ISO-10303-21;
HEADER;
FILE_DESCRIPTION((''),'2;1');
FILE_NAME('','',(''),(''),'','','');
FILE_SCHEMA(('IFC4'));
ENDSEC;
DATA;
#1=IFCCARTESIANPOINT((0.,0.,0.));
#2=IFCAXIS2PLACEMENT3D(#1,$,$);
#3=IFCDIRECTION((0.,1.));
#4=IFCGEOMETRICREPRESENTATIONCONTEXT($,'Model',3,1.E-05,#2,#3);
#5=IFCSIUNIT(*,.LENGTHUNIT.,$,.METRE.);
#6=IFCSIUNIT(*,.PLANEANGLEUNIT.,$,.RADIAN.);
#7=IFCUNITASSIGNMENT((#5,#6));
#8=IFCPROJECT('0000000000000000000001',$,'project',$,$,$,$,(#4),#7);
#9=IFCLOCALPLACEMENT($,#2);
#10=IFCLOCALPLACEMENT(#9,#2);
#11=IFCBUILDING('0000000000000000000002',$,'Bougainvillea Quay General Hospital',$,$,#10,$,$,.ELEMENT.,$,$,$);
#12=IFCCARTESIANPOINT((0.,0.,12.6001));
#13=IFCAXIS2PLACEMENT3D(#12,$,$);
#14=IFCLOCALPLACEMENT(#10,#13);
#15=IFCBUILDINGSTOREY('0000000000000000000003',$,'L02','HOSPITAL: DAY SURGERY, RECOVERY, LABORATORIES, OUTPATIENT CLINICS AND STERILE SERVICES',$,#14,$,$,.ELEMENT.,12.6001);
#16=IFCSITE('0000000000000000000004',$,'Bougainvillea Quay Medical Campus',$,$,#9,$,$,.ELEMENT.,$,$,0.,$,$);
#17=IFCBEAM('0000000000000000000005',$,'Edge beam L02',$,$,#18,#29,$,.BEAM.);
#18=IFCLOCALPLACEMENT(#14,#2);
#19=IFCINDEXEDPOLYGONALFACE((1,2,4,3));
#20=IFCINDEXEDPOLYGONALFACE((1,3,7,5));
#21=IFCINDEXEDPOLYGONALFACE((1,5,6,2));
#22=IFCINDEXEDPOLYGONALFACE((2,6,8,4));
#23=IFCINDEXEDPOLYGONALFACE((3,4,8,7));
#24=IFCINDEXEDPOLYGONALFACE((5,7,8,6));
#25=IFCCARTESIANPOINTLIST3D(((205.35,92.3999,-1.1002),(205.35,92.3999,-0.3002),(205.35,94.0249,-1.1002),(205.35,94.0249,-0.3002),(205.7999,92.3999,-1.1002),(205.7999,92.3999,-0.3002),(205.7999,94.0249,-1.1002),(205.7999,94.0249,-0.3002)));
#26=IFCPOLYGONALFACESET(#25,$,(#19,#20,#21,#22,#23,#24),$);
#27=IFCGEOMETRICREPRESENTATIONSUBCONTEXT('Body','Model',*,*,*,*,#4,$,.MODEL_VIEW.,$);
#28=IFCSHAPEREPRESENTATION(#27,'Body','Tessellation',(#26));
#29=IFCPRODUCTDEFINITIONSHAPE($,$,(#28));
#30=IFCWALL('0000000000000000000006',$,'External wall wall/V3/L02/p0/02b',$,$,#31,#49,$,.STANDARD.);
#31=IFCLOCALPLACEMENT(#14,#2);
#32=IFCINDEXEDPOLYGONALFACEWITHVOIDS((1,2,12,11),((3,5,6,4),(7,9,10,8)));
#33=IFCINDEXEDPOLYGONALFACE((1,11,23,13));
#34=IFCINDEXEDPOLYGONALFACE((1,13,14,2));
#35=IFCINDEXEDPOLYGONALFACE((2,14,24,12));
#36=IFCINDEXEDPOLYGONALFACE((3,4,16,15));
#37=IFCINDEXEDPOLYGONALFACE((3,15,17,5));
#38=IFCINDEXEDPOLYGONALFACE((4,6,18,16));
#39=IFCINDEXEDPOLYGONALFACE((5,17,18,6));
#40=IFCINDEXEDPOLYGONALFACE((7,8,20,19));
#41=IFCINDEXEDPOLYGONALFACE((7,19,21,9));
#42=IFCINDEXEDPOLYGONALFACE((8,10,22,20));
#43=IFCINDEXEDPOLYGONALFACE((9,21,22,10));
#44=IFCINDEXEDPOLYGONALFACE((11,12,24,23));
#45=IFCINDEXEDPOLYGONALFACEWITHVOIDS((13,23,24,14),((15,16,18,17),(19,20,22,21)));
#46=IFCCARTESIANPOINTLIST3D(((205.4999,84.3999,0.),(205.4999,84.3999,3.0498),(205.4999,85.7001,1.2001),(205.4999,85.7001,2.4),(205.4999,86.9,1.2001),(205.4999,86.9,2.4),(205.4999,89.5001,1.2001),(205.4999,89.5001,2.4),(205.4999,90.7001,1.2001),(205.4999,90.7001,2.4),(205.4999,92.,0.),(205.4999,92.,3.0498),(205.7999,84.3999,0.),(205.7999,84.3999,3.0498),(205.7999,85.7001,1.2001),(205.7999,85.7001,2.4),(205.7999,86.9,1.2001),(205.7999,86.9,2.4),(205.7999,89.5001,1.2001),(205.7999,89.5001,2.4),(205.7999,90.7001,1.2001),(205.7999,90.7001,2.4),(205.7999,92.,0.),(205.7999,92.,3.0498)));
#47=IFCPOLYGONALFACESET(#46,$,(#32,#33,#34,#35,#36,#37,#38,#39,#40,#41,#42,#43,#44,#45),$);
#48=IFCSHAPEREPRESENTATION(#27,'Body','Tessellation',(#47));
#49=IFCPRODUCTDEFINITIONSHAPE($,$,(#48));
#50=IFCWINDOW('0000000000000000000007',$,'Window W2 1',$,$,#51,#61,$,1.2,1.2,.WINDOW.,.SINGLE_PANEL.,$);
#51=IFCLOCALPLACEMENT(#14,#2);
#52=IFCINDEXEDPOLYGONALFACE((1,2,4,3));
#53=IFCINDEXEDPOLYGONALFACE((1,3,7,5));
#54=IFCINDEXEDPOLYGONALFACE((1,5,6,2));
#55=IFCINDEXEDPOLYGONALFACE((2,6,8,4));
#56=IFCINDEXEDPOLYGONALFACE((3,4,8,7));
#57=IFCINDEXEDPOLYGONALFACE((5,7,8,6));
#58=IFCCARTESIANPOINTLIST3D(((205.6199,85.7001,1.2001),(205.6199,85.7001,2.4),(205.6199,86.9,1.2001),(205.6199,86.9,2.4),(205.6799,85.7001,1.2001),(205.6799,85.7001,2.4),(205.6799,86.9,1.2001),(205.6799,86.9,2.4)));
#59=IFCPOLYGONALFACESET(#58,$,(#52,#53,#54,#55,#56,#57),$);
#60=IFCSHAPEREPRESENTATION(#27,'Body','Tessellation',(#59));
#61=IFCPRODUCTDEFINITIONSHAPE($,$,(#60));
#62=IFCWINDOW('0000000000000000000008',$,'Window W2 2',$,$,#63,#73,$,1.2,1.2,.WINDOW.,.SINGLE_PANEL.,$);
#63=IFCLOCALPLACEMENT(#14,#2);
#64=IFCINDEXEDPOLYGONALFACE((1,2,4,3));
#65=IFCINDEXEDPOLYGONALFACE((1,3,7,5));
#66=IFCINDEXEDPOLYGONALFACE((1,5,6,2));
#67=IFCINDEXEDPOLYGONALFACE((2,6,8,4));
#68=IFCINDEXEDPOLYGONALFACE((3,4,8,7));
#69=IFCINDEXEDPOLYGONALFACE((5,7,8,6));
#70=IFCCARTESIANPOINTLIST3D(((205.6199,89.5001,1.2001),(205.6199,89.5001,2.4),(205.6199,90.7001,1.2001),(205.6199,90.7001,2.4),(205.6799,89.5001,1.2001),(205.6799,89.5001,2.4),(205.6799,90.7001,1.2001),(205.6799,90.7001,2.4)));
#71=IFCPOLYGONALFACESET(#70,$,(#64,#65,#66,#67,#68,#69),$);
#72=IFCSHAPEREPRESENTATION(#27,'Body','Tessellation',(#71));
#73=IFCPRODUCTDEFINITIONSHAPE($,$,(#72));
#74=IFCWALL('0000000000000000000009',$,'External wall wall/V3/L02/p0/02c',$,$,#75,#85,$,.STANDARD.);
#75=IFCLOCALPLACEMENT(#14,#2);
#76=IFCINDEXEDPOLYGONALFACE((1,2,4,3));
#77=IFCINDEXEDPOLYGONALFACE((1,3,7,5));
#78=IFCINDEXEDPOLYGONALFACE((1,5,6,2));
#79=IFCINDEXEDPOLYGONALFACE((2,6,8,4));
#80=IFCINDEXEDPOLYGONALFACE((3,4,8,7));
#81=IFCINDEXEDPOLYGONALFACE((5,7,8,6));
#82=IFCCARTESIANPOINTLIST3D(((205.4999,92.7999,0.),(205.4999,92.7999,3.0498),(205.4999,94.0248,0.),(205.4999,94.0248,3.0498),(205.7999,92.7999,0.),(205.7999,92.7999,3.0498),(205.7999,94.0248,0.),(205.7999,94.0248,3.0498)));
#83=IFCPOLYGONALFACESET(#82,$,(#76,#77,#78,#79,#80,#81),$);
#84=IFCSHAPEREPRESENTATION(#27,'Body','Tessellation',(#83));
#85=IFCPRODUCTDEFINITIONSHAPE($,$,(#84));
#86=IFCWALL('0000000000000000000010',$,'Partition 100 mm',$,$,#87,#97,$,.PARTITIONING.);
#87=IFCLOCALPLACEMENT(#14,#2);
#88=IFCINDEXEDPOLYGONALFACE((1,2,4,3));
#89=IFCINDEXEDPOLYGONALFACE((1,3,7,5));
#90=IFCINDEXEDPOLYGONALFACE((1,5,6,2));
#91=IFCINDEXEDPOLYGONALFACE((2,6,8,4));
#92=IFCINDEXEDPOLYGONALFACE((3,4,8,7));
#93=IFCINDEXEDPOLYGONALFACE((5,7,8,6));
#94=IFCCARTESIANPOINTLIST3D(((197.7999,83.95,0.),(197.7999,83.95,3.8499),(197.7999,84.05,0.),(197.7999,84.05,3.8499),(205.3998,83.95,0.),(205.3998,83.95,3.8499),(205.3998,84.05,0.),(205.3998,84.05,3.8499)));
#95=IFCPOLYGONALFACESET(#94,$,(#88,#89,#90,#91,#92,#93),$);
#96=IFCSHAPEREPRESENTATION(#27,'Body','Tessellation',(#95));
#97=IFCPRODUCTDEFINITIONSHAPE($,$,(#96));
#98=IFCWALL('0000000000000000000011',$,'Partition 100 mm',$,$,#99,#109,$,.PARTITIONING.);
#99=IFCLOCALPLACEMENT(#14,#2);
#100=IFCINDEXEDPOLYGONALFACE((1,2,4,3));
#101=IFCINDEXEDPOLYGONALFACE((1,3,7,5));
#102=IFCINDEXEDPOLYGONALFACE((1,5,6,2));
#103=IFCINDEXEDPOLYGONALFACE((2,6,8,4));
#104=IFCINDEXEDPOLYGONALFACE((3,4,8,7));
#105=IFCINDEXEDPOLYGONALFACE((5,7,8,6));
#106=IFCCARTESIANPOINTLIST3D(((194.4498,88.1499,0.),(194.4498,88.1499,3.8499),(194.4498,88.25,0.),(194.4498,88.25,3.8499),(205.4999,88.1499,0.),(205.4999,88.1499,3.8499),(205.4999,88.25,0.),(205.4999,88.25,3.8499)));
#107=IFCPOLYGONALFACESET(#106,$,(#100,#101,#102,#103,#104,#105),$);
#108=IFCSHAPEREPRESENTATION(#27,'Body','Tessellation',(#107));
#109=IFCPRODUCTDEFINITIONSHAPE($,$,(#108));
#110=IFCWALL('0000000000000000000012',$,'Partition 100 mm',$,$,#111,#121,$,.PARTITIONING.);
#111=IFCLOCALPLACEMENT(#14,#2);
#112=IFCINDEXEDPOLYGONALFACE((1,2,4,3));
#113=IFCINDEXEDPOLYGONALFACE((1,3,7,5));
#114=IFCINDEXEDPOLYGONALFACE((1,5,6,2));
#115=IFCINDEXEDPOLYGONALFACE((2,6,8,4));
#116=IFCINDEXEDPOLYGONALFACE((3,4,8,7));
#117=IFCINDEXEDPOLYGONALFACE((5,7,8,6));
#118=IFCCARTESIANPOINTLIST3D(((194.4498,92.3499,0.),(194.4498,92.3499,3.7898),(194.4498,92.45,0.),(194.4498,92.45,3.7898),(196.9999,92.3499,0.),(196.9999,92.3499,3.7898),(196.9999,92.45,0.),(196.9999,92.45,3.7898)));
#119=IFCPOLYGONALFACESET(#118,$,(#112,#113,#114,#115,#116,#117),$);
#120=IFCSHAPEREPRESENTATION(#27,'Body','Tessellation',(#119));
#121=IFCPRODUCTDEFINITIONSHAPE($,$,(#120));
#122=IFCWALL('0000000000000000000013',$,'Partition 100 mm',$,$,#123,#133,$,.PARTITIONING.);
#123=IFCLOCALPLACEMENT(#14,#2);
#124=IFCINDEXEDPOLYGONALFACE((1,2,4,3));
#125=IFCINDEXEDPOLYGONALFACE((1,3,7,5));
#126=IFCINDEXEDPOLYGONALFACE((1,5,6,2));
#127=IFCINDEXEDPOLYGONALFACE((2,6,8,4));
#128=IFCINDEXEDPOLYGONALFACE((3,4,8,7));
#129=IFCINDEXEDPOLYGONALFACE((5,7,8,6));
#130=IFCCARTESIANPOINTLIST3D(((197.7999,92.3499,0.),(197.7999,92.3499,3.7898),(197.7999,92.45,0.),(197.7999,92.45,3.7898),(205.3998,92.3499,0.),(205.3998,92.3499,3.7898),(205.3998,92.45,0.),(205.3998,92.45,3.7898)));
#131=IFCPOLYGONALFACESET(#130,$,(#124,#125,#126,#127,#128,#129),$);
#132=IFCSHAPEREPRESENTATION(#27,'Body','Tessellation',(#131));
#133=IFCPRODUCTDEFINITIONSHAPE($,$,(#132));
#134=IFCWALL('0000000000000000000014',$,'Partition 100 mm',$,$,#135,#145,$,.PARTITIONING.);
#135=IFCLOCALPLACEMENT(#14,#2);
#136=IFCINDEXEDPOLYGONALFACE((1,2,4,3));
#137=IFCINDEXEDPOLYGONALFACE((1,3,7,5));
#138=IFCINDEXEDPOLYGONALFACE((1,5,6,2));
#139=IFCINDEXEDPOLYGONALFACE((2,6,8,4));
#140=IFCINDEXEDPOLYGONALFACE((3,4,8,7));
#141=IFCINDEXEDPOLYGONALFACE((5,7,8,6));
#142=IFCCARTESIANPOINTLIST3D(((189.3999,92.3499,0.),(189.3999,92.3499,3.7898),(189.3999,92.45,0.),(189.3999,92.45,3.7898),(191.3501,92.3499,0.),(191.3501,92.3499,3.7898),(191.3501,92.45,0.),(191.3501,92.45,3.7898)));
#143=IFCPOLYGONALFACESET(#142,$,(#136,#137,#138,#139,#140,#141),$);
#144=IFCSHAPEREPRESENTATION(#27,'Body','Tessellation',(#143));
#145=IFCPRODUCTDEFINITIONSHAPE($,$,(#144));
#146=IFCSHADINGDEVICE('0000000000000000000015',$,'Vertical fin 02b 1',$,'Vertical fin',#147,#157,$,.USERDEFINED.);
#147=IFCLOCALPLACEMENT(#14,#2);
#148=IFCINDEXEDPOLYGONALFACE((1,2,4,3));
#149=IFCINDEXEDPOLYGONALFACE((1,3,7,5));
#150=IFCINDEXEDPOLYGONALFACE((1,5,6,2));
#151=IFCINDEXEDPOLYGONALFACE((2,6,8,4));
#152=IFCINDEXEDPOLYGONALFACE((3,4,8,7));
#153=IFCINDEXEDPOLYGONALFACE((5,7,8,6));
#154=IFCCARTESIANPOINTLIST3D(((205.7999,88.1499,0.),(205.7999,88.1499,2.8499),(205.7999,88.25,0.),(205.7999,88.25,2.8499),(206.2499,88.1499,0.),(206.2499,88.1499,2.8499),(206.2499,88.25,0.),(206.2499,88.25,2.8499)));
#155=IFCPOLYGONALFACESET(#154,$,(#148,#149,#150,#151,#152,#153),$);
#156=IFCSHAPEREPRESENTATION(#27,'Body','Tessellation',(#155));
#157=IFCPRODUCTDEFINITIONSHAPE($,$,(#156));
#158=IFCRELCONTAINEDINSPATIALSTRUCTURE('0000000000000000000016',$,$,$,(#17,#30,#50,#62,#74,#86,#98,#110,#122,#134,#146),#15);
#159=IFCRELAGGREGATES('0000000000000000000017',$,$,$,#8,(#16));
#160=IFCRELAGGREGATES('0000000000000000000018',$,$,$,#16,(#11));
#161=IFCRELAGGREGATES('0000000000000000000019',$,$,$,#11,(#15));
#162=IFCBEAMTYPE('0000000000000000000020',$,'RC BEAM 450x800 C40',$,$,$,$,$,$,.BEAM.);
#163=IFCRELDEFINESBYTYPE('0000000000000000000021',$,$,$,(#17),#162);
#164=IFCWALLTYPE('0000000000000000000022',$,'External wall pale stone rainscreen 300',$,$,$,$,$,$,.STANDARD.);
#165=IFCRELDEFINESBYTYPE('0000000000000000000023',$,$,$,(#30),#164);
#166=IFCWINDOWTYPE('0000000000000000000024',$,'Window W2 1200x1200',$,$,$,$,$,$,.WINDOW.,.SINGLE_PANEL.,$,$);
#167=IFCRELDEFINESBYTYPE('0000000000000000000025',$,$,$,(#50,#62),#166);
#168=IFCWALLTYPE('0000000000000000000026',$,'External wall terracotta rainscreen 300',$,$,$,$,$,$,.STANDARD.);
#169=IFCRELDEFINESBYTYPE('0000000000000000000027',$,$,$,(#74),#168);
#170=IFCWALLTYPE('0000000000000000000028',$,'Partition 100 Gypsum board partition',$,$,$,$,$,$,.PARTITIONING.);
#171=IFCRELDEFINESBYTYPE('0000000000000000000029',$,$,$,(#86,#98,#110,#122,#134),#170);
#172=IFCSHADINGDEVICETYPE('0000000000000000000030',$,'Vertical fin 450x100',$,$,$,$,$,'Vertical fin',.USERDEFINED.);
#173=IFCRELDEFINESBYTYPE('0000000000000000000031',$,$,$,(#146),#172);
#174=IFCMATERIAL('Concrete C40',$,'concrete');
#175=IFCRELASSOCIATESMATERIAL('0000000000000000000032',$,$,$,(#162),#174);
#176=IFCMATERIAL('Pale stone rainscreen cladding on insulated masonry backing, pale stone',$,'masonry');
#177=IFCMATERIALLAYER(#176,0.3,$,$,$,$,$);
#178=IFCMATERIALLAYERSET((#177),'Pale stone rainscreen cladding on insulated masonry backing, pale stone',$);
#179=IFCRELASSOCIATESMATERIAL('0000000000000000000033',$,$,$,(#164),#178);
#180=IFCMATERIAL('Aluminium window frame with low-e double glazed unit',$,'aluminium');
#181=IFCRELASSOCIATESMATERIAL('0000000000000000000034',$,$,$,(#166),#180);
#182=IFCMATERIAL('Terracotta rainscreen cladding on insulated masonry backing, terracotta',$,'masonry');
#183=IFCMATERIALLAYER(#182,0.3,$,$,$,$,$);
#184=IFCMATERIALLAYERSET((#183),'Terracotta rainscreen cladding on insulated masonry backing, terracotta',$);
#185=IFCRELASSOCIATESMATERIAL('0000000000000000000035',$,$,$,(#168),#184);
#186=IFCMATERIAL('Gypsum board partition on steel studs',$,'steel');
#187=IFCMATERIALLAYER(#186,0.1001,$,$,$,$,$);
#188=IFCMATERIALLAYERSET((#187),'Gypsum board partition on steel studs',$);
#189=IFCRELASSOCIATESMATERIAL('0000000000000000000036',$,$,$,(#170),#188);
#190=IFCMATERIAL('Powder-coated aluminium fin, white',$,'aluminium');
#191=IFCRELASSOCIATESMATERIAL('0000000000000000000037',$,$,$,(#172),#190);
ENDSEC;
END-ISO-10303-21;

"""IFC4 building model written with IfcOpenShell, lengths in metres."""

from ifc_helpers import new_model, si_unit, direction, frame, frame_2d, origin, origin_2d, place, context, subcontext, project, spatial, rectangle, extrude, material, layer, layer_set, material_profile, profile_set, type_object, element, fill, save


model = new_model("IFC4")

# Units and contexts
model_context = context("Model", 3, precision=1e-05, world=origin(), true_north=direction((0.0, 1.0)))
body_context = subcontext(model_context, "Body", "Model", "MODEL_VIEW")
ifc_project = project(units=[si_unit("LENGTHUNIT", "METRE"), si_unit("PLANEANGLEUNIT", "RADIAN")], contexts=[model_context])

# Site, building, storey
site_placement = place(None, origin())
site = spatial("IfcSite", under=ifc_project, at=site_placement, Name="Bougainvillea Quay Medical Campus", CompositionType="ELEMENT", RefElevation=0.0)
building_placement = place(site_placement, origin())
building = spatial("IfcBuilding", under=site, at=building_placement, Name="Bougainvillea Quay General Hospital", CompositionType="ELEMENT")
storey_placement = place(building_placement, frame((0.0, 0.0, 12.6001)))
storey = spatial("IfcBuildingStorey", under=building, at=storey_placement, Name="L02", Description="HOSPITAL: DAY SURGERY, RECOVERY, LABORATORIES, OUTPATIENT CLINICS AND STERILE SERVICES", CompositionType="ELEMENT", Elevation=12.6001)

# Shared definitions
ifc_material_1 = material(Name="Concrete C40", Category="concrete")

# Beam
ifc_material_profile_1 = material_profile(ifc_material_1, rectangle(XDim=0.45, YDim=0.8, at=origin_2d()))
ifc_profile_set_1 = profile_set([ifc_material_profile_1], Name="Concrete C40")
beam_type_1 = type_object("IfcBeamType", Name="RC BEAM 450x800 C40", PredefinedType="BEAM", material=ifc_profile_set_1)
beam_1_placement = place(storey_placement, frame((205.575, 92.3999, -0.7002), z_axis=(0.0, 1.0, 0.0), x_axis=(-1.0, 0.0, 0.0)))
element("IfcBeam", 1, at=beam_1_placement, inside=storey, type_object=beam_type_1, Name="Edge beam L02", PredefinedType="BEAM", context=body_context, shape_type="SweptSolid", body=[
    extrude(rectangle(XDim=0.45, YDim=0.8, at=origin_2d()), origin(), (0.0, 0.0, 1.0), 1.625),
])

# Wall, openings, windows
ifc_material_2 = material(Name="Pale stone rainscreen cladding on insulated masonry backing, pale stone", Category="masonry")
ifc_layer_1 = layer(ifc_material_2, 0.3)
ifc_layer_set_1 = layer_set([ifc_layer_1], Name="Pale stone rainscreen cladding on insulated masonry backing, pale stone")
wall_type_1 = type_object("IfcWallType", Name="External wall pale stone rainscreen 300", PredefinedType="STANDARD", material=ifc_layer_set_1)
wall_1_placement = place(storey_placement, frame((205.6499, 84.3999, 0.0), z_axis=(0.0, 0.0, 1.0), x_axis=(0.0, 1.0, 0.0)))
wall_1 = element("IfcWall", 2, at=wall_1_placement, inside=storey, type_object=wall_type_1, Name="External wall wall/V3/L02/p0/02b", PredefinedType="STANDARD", context=body_context, shape_type="SweptSolid", body=[
    extrude(rectangle(XDim=7.6001, YDim=0.3, at=frame_2d((3.8, 0.0))), origin(), (0.0, 0.0, 1.0), 3.0498),
])
opening_1_placement = place(wall_1_placement, frame((1.3, 0.0, 1.2)))
opening_1 = element("IfcOpeningElement", 3, at=opening_1_placement, cuts=wall_1, PredefinedType="OPENING", context=body_context, shape_type="SweptSolid", body=[
    extrude(rectangle(XDim=1.2, YDim=1.2, at=frame_2d((0.6001, 0.6001))), frame((0.0, 0.1599, 0.0), z_axis=(0.0, -1.0, 0.0), x_axis=(1.0, 0.0, 0.0)), (0.0, 0.0, 1.0), 0.3201),
])
opening_2_placement = place(wall_1_placement, frame((5.1001, 0.0, 1.2)))
opening_2 = element("IfcOpeningElement", 4, at=opening_2_placement, cuts=wall_1, PredefinedType="OPENING", context=body_context, shape_type="SweptSolid", body=[
    extrude(rectangle(XDim=1.2, YDim=1.2, at=frame_2d((0.6001, 0.6001))), frame((0.0, 0.1599, 0.0), z_axis=(0.0, -1.0, 0.0), x_axis=(1.0, 0.0, 0.0)), (0.0, 0.0, 1.0), 0.3201),
])
ifc_material_3 = material(Name="Aluminium window frame with low-e double glazed unit", Category="aluminium")
window_type = type_object("IfcWindowType", Name="Window W2 1200x1200", PartitioningType="SINGLE_PANEL", PredefinedType="WINDOW", material=ifc_material_3)
window_1_placement = place(opening_1_placement, origin())
window_1 = element("IfcWindow", 5, at=window_1_placement, inside=storey, type_object=window_type, Name="Window W2 1", OverallHeight=1.2, OverallWidth=1.2, PartitioningType="SINGLE_PANEL", PredefinedType="WINDOW", context=body_context, shape_type="SweptSolid", body=[
    extrude(rectangle(XDim=1.2, YDim=1.2, at=frame_2d((0.6001, 0.6001))), frame((0.0, 0.03, 0.0), z_axis=(0.0, -1.0, 0.0), x_axis=(1.0, 0.0, 0.0)), (0.0, 0.0, 1.0), 0.0601),
])
fill(opening_1, window_1)
window_2_placement = place(opening_2_placement, origin())
window_2 = element("IfcWindow", 6, at=window_2_placement, inside=storey, type_object=window_type, Name="Window W2 2", OverallHeight=1.2, OverallWidth=1.2, PartitioningType="SINGLE_PANEL", PredefinedType="WINDOW", context=body_context, shape_type="SweptSolid", body=[
    extrude(rectangle(XDim=1.2, YDim=1.2, at=frame_2d((0.6001, 0.6001))), frame((0.0, 0.03, 0.0), z_axis=(0.0, -1.0, 0.0), x_axis=(1.0, 0.0, 0.0)), (0.0, 0.0, 1.0), 0.0601),
])
fill(opening_2, window_2)

# Walls
ifc_material_4 = material(Name="Terracotta rainscreen cladding on insulated masonry backing, terracotta", Category="masonry")
ifc_layer_2 = layer(ifc_material_4, 0.3)
ifc_layer_set_2 = layer_set([ifc_layer_2], Name="Terracotta rainscreen cladding on insulated masonry backing, terracotta")
wall_type_2 = type_object("IfcWallType", Name="External wall terracotta rainscreen 300", PredefinedType="STANDARD", material=ifc_layer_set_2)
wall_2_placement = place(storey_placement, frame((205.6499, 92.8, 0.0), z_axis=(0.0, 0.0, 1.0), x_axis=(0.0, 1.0, 0.0)))
element("IfcWall", 7, at=wall_2_placement, inside=storey, type_object=wall_type_2, Name="External wall wall/V3/L02/p0/02c", PredefinedType="STANDARD", context=body_context, shape_type="SweptSolid", body=[
    extrude(rectangle(XDim=1.2249, YDim=0.3, at=frame_2d((0.6123, 0.0))), origin(), (0.0, 0.0, 1.0), 3.0498),
])
ifc_material_5 = material(Name="Gypsum board partition on steel studs", Category="steel")
ifc_layer_3 = layer(ifc_material_5, 0.1001)
ifc_layer_set_3 = layer_set([ifc_layer_3], Name="Gypsum board partition on steel studs")
wall_type_3 = type_object("IfcWallType", Name="Partition 100 Gypsum board partition", PredefinedType="PARTITIONING", material=ifc_layer_set_3)
wall_3_placement = place(storey_placement, frame((197.8, 84.0, 0.0), z_axis=(0.0, 0.0, 1.0), x_axis=(1.0, 0.0, 0.0)))
element("IfcWall", 8, at=wall_3_placement, inside=storey, type_object=wall_type_3, Name="Partition 100 mm", PredefinedType="PARTITIONING", context=body_context, shape_type="SweptSolid", body=[
    extrude(rectangle(XDim=7.5999, YDim=0.1001, at=frame_2d((3.7998, 0.0))), origin(), (0.0, 0.0, 1.0), 3.8499),
])
wall_4_placement = place(storey_placement, frame((194.45, 88.2, 0.0), z_axis=(0.0, 0.0, 1.0), x_axis=(1.0, 0.0, 0.0)))
element("IfcWall", 9, at=wall_4_placement, inside=storey, type_object=wall_type_3, Name="Partition 100 mm", PredefinedType="PARTITIONING", context=body_context, shape_type="SweptSolid", body=[
    extrude(rectangle(XDim=11.05, YDim=0.1001, at=frame_2d((5.5249, 0.0))), origin(), (0.0, 0.0, 1.0), 3.8499),
])
wall_5_placement = place(storey_placement, frame((194.45, 92.3999, 0.0), z_axis=(0.0, 0.0, 1.0), x_axis=(1.0, 0.0, 0.0)))
element("IfcWall", 10, at=wall_5_placement, inside=storey, type_object=wall_type_3, Name="Partition 100 mm", PredefinedType="PARTITIONING", context=body_context, shape_type="SweptSolid", body=[
    extrude(rectangle(XDim=2.55, YDim=0.1001, at=frame_2d((1.2749, 0.0))), origin(), (0.0, 0.0, 1.0), 3.7898),
])
wall_6_placement = place(storey_placement, frame((197.8, 92.3999, 0.0), z_axis=(0.0, 0.0, 1.0), x_axis=(1.0, 0.0, 0.0)))
element("IfcWall", 11, at=wall_6_placement, inside=storey, type_object=wall_type_3, Name="Partition 100 mm", PredefinedType="PARTITIONING", context=body_context, shape_type="SweptSolid", body=[
    extrude(rectangle(XDim=7.5999, YDim=0.1001, at=frame_2d((3.7998, 0.0))), origin(), (0.0, 0.0, 1.0), 3.7898),
])
wall_7_placement = place(storey_placement, frame((189.3999, 92.3999, 0.0), z_axis=(0.0, 0.0, 1.0), x_axis=(1.0, 0.0, 0.0)))
element("IfcWall", 12, at=wall_7_placement, inside=storey, type_object=wall_type_3, Name="Partition 100 mm", PredefinedType="PARTITIONING", context=body_context, shape_type="SweptSolid", body=[
    extrude(rectangle(XDim=1.9502, YDim=0.1001, at=frame_2d((0.9751, 0.0))), origin(), (0.0, 0.0, 1.0), 3.7898),
])

# Shading device
ifc_material_6 = material(Name="Powder-coated aluminium fin, white", Category="aluminium")
ifc_material_profile_2 = material_profile(ifc_material_6, rectangle(XDim=0.45, YDim=0.1001, at=origin_2d()))
ifc_profile_set_2 = profile_set([ifc_material_profile_2], Name="Powder-coated aluminium fin, white")
shading_device_type = type_object("IfcShadingDeviceType", Name="Vertical fin 450x100", ElementType="Vertical fin", PredefinedType="USERDEFINED", material=ifc_profile_set_2)
shading_device_placement = place(storey_placement, frame((206.0249, 88.2, 0.0), z_axis=(0.0, 0.0, 1.0), x_axis=(1.0, 0.0, 0.0)))
element("IfcShadingDevice", 13, at=shading_device_placement, inside=storey, type_object=shading_device_type, Name="Vertical fin 02b 1", ObjectType="Vertical fin", PredefinedType="USERDEFINED", context=body_context, shape_type="SweptSolid", body=[
    extrude(rectangle(XDim=0.45, YDim=0.1001, at=origin_2d()), origin(), (0.0, 0.0, 1.0), 2.8499),
])

save(model, "model.ifc")
